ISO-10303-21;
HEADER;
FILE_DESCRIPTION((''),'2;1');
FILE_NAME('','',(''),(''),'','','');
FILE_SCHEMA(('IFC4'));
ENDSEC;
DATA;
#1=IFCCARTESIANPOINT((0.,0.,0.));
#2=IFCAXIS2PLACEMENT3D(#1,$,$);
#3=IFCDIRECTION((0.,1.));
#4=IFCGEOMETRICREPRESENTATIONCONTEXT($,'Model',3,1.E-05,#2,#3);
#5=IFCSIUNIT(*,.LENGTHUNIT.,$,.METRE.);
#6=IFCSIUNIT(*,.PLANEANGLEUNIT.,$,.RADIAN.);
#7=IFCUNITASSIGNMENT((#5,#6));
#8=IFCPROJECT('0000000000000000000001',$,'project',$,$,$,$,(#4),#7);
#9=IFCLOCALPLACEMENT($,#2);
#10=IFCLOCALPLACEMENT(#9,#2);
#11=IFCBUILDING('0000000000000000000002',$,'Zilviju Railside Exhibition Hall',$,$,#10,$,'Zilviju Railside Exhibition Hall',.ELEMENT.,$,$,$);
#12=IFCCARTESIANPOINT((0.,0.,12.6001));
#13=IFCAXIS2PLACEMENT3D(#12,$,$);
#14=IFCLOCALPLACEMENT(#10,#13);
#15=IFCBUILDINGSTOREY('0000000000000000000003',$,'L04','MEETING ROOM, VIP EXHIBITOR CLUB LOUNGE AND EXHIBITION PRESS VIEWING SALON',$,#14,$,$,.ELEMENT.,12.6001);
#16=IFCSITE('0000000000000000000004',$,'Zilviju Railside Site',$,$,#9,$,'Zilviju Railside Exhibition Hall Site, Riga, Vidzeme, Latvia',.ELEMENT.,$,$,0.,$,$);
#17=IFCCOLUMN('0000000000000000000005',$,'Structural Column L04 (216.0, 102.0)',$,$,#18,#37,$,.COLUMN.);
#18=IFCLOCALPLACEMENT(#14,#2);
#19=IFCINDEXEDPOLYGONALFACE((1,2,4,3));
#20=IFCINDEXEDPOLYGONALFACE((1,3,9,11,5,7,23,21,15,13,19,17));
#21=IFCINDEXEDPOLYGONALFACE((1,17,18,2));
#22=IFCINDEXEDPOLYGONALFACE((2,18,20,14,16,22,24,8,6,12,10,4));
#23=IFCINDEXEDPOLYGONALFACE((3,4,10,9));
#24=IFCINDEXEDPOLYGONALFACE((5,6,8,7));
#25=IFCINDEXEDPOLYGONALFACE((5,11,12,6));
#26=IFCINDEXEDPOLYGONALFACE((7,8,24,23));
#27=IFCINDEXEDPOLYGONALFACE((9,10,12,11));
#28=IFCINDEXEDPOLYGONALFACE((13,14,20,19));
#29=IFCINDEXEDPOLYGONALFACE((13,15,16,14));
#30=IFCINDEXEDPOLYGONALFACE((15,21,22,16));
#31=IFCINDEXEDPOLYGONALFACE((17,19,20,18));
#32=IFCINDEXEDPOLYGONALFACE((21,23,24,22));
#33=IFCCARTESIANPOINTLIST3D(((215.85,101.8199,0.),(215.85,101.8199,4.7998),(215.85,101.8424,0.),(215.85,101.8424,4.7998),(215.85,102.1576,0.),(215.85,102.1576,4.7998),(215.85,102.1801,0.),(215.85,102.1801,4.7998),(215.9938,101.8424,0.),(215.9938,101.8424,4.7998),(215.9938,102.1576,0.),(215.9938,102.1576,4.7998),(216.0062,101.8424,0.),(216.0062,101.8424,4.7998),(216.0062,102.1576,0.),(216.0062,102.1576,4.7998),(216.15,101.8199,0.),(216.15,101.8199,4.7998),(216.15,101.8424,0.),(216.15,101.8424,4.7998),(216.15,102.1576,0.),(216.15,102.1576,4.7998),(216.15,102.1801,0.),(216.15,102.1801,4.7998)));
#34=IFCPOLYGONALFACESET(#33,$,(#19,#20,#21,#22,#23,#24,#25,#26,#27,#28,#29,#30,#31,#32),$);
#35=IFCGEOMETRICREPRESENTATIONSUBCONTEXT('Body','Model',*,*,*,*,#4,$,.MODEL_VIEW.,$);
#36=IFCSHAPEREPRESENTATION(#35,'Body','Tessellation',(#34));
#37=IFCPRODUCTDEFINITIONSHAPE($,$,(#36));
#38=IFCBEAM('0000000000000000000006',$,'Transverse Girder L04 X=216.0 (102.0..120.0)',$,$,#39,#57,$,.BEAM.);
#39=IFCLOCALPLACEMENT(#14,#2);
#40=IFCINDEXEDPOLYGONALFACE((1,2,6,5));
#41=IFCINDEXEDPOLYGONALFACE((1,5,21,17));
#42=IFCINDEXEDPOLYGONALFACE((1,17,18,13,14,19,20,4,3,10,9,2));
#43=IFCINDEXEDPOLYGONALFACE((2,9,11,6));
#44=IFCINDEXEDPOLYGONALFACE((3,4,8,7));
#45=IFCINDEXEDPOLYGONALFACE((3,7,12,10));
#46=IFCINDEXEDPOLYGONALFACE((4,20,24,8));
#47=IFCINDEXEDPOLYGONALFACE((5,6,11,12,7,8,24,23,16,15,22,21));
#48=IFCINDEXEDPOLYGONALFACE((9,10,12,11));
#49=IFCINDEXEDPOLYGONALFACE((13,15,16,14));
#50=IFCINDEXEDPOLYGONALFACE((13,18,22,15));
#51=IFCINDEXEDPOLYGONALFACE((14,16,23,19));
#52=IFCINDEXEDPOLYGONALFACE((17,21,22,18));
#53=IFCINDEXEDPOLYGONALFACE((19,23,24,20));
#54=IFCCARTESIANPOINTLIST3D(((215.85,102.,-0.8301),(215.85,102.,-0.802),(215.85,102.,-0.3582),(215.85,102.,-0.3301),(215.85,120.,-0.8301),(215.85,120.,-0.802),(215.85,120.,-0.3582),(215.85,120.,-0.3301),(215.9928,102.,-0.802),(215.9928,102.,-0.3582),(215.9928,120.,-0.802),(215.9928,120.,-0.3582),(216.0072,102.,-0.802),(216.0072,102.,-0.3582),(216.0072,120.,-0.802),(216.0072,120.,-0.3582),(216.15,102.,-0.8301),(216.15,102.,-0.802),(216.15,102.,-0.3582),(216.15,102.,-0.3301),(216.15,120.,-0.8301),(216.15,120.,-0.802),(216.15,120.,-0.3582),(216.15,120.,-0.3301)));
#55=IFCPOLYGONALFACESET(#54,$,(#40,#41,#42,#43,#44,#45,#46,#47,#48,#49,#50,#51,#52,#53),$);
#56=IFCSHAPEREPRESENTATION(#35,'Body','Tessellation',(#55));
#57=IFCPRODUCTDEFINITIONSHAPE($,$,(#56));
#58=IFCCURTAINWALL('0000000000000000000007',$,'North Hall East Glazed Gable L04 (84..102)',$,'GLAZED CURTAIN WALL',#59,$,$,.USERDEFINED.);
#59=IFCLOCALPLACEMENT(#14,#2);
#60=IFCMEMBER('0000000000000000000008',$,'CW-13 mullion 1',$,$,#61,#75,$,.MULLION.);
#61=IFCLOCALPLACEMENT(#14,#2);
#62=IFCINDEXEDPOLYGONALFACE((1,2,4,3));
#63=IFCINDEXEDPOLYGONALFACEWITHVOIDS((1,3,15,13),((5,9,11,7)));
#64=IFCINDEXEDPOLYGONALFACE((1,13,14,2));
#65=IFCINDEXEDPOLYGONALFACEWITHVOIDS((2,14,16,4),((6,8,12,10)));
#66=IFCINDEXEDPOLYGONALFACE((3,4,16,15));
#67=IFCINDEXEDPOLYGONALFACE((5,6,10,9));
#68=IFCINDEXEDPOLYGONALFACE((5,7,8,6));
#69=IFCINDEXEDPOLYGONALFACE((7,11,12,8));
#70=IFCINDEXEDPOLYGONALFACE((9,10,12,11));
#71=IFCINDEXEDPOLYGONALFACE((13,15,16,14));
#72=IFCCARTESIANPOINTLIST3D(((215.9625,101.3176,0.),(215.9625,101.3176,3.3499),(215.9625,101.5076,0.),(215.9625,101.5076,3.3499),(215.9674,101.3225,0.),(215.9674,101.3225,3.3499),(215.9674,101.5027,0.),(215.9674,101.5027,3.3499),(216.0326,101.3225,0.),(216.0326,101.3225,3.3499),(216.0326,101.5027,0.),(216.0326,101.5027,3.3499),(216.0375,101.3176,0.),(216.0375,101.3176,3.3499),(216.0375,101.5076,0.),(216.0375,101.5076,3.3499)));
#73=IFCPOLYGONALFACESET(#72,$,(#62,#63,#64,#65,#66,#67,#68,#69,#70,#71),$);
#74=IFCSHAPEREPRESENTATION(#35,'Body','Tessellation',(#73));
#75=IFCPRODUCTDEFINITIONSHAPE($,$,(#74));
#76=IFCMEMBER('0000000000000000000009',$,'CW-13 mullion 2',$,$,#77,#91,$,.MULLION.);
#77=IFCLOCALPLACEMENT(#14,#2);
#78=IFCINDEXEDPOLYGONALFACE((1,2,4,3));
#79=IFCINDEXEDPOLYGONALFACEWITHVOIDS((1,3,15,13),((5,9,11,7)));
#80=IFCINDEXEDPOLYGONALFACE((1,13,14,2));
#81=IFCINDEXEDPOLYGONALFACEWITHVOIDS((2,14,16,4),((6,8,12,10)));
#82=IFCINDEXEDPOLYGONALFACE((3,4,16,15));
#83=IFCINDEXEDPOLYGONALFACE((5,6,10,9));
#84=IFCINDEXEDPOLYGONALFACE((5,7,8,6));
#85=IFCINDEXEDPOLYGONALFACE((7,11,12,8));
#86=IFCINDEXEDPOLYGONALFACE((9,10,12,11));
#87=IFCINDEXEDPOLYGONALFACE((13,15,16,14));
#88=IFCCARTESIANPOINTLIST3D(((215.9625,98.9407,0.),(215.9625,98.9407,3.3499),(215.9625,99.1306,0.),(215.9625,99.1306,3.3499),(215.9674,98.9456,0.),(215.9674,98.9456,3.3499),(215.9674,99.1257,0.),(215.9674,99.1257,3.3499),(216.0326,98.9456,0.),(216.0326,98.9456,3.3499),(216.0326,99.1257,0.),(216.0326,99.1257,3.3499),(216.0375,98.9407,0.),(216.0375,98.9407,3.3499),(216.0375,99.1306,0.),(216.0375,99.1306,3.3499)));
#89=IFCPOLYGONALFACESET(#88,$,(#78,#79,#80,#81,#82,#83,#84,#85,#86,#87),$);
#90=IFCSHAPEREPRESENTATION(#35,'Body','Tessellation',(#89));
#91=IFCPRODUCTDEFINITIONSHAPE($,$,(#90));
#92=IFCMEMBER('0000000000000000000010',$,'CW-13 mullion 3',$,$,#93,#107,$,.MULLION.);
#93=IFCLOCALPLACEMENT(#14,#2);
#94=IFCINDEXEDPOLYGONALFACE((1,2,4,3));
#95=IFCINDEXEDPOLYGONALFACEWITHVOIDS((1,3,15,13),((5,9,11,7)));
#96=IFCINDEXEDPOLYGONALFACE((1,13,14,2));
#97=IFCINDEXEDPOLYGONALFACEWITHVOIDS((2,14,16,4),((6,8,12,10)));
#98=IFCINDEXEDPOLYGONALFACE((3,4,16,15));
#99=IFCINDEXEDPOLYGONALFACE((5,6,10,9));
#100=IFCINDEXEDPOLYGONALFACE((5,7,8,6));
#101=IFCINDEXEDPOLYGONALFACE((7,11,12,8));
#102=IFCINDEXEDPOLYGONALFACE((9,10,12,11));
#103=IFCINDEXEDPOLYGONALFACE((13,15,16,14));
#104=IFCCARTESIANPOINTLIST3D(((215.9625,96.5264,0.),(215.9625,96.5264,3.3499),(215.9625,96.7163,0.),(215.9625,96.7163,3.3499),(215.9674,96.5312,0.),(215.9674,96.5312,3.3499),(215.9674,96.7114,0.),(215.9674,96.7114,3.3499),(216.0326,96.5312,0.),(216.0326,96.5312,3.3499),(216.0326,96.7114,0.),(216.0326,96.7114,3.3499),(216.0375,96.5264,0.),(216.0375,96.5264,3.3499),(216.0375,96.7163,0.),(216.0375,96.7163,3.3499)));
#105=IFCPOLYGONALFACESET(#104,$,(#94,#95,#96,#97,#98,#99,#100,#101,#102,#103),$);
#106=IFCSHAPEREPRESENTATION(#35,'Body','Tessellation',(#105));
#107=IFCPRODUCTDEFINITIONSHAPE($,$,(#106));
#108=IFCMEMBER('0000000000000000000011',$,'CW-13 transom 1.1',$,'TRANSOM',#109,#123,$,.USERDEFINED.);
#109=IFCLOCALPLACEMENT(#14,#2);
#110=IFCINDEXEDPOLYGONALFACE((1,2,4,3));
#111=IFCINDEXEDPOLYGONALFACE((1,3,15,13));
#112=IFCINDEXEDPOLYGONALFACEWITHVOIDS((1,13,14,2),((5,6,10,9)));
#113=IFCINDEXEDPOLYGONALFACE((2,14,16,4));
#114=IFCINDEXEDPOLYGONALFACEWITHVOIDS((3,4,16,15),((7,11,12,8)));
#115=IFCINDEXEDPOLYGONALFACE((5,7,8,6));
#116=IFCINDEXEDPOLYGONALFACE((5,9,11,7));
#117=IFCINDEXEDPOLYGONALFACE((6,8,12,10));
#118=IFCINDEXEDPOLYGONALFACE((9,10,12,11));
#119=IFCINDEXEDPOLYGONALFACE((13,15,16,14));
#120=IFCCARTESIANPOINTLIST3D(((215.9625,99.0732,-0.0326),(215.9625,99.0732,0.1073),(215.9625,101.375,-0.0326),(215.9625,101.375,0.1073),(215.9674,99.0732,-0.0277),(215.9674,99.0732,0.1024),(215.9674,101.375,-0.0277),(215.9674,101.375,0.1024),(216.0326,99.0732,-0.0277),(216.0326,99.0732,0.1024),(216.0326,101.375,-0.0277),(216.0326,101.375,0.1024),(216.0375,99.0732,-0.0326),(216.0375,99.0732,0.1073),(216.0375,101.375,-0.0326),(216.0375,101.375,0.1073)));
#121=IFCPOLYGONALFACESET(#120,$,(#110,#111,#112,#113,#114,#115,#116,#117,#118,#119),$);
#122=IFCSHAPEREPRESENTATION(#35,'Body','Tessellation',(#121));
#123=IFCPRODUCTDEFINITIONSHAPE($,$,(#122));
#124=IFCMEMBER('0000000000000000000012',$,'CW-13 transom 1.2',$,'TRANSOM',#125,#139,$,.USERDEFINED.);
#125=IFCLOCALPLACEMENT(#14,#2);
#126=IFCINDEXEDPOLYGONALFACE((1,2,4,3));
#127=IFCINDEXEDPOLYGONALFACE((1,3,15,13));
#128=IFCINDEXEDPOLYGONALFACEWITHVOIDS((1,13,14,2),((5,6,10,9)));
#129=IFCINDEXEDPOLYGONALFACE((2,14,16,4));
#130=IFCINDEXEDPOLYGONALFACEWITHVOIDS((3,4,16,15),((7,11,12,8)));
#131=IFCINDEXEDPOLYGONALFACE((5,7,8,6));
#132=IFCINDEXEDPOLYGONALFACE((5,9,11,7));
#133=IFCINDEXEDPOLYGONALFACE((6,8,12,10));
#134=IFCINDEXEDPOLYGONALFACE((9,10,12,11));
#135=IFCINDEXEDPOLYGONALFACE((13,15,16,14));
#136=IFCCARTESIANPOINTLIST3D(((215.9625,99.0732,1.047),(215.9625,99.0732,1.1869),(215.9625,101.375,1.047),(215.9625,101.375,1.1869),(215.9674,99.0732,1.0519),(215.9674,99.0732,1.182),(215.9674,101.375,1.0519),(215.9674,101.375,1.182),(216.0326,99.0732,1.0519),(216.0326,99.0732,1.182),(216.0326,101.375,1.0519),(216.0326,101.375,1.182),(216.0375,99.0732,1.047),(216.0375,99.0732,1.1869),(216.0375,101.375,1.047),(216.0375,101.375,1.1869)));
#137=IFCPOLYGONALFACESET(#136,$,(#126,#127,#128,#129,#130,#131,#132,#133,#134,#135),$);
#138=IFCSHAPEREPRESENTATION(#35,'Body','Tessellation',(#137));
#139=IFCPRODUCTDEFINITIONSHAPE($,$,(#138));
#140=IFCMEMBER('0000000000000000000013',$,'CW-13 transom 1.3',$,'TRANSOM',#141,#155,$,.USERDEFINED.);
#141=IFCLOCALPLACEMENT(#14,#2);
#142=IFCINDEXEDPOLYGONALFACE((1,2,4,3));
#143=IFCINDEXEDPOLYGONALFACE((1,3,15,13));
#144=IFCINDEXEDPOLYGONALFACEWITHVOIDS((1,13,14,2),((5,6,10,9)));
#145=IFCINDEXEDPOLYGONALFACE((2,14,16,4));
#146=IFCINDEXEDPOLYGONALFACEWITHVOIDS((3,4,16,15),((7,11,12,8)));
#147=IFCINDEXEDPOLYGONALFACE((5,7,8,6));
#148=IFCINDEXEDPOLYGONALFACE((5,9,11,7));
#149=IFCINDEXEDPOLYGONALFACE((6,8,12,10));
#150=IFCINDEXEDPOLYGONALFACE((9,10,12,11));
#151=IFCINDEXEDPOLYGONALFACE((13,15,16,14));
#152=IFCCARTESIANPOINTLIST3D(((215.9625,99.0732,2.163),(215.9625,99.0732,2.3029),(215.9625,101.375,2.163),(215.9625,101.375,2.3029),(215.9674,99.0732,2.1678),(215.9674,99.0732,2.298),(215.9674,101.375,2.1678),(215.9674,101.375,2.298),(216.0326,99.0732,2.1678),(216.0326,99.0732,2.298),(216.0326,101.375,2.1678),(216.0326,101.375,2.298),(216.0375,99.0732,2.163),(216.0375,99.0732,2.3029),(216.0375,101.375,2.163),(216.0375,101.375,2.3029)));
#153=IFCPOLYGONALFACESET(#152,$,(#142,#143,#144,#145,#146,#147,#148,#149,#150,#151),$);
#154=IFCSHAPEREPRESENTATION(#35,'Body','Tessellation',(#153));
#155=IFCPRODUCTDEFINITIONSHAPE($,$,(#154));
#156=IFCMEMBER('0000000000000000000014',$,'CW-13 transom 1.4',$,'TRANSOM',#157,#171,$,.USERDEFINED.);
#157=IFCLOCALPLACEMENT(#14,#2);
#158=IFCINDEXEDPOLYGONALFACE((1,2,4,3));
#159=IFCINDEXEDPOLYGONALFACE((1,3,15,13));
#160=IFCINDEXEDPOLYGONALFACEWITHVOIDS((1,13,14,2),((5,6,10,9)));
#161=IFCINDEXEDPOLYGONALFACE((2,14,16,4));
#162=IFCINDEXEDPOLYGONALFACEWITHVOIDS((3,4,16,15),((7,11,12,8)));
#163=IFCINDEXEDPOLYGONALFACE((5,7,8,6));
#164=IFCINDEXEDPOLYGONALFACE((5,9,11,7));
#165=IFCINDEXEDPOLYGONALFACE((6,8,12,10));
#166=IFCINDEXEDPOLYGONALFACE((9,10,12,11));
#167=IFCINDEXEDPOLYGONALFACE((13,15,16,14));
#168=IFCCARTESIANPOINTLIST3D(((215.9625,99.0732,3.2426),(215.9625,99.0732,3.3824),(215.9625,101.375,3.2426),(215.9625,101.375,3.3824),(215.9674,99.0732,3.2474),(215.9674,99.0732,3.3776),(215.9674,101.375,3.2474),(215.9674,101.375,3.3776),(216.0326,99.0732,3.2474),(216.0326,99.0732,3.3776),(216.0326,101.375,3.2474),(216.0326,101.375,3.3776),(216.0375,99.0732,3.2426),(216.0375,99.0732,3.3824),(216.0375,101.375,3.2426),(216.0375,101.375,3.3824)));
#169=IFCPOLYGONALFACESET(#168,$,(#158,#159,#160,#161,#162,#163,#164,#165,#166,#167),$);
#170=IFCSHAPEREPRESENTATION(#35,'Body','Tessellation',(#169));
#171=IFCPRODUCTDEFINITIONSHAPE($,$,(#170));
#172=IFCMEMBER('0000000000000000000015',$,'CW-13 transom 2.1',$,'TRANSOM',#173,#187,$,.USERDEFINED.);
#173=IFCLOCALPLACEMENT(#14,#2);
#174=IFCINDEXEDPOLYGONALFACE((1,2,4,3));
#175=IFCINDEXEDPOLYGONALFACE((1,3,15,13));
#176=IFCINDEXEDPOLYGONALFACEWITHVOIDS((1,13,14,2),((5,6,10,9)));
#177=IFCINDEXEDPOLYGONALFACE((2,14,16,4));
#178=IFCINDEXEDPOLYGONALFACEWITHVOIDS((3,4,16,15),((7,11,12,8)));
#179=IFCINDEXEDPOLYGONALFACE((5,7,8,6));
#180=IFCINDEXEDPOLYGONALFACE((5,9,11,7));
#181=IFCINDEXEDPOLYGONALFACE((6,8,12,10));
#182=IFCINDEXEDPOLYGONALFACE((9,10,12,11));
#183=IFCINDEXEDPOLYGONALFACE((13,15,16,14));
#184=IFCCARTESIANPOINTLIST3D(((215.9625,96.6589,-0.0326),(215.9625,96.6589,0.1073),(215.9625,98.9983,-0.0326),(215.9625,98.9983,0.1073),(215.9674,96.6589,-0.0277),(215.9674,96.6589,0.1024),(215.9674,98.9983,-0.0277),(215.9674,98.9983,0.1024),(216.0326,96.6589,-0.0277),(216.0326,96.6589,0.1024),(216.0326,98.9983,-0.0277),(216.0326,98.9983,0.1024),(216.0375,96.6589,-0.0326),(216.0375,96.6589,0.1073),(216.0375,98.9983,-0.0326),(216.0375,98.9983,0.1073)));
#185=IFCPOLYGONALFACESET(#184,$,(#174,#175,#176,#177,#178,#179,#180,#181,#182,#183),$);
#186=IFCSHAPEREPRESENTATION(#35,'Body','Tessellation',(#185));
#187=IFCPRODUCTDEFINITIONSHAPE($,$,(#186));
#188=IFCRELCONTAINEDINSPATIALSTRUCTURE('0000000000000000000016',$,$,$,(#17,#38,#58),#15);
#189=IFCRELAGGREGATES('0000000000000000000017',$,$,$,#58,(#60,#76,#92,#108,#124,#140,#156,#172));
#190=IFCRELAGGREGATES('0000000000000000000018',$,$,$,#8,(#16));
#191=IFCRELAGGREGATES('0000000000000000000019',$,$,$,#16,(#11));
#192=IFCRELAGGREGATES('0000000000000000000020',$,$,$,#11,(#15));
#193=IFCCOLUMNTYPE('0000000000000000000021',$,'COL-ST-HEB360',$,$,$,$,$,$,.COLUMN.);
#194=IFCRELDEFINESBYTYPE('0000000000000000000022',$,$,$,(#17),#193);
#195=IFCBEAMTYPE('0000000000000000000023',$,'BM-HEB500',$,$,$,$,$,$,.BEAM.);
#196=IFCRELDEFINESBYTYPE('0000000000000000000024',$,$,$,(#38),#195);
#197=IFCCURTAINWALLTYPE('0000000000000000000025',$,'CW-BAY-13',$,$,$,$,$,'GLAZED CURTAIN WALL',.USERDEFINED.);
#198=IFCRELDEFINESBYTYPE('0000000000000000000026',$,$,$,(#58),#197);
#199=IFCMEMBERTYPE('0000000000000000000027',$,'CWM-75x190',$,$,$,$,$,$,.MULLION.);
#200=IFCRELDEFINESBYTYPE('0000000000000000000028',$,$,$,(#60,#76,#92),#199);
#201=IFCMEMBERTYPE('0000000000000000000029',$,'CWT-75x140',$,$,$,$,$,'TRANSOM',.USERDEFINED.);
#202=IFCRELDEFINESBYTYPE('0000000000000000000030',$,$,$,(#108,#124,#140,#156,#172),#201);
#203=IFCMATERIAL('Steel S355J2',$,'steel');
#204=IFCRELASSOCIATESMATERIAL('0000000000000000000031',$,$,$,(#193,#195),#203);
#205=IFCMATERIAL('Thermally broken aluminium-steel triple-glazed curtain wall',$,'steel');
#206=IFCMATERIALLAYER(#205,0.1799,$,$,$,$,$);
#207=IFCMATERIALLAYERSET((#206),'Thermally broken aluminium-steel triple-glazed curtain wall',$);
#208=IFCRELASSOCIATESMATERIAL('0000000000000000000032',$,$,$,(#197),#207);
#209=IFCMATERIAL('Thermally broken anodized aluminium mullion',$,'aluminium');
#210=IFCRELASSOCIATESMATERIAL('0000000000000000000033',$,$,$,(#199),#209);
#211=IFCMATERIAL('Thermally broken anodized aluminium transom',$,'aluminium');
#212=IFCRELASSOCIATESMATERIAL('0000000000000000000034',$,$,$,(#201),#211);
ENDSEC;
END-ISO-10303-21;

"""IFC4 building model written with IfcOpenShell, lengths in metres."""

from ifc_helpers import new_model, si_unit, direction, frame, origin, origin_2d, place, context, subcontext, project, spatial, hollow_rectangle, i_section, extrude, material, layer, layer_set, material_profile, profile_set, type_object, element, aggregate, save


model = new_model("IFC4")

# Units and contexts
model_context = context("Model", 3, precision=1e-05, world=origin(), true_north=direction((0.0, 1.0)))
body_context = subcontext(model_context, "Body", "Model", "MODEL_VIEW")
ifc_project = project(units=[si_unit("LENGTHUNIT", "METRE"), si_unit("PLANEANGLEUNIT", "RADIAN")], contexts=[model_context])

# Site, building, storey
site_placement = place(None, origin())
site = spatial("IfcSite", under=ifc_project, at=site_placement, Name="Zilviju Railside Site", LongName="Zilviju Railside Exhibition Hall Site, Riga, Vidzeme, Latvia", CompositionType="ELEMENT", RefElevation=0.0)
building_placement = place(site_placement, origin())
building = spatial("IfcBuilding", under=site, at=building_placement, Name="Zilviju Railside Exhibition Hall", LongName="Zilviju Railside Exhibition Hall", CompositionType="ELEMENT")
storey_placement = place(building_placement, frame((0.0, 0.0, 12.6001)))
storey = spatial("IfcBuildingStorey", under=building, at=storey_placement, Name="L04", Description="MEETING ROOM, VIP EXHIBITOR CLUB LOUNGE AND EXHIBITION PRESS VIEWING SALON", CompositionType="ELEMENT", Elevation=12.6001)

# Column
ifc_material_1 = material(Name="Steel S355J2", Category="steel")
ifc_material_profile_1 = material_profile(ifc_material_1, i_section(OverallWidth=0.3, OverallDepth=0.3601, WebThickness=0.0125, FlangeThickness=0.0225, at=origin_2d()), Name="HEB 360")
ifc_profile_set_1 = profile_set([ifc_material_profile_1], Name="Steel S355J2")
column_type = type_object("IfcColumnType", Name="COL-ST-HEB360", PredefinedType="COLUMN", material=ifc_profile_set_1)
column_placement = place(storey_placement, frame((216.0, 102.0, 0.0), z_axis=(0.0, 0.0, 1.0), x_axis=(1.0, 0.0, 0.0)))
element("IfcColumn", 1, at=column_placement, inside=storey, type_object=column_type, Name="Structural Column L04 (216.0, 102.0)", PredefinedType="COLUMN", context=body_context, shape_type="SweptSolid", body=[
    extrude(i_section(OverallWidth=0.3, OverallDepth=0.3601, WebThickness=0.0125, FlangeThickness=0.0225, at=origin_2d()), origin(), (0.0, 0.0, 1.0), 4.7998),
])

# Beam
ifc_material_profile_2 = material_profile(ifc_material_1, i_section(OverallWidth=0.3, OverallDepth=0.5, WebThickness=0.0144, FlangeThickness=0.0281, at=origin_2d()), Name="HEB 500")
ifc_profile_set_2 = profile_set([ifc_material_profile_2], Name="Steel S355J2")
beam_type = type_object("IfcBeamType", Name="BM-HEB500", PredefinedType="BEAM", material=ifc_profile_set_2)
beam_placement = place(storey_placement, frame((216.0, 102.0, -0.5801), z_axis=(0.0, 1.0, 0.0), x_axis=(-1.0, 0.0, 0.0)))
element("IfcBeam", 2, at=beam_placement, inside=storey, type_object=beam_type, Name="Transverse Girder L04 X=216.0 (102.0..120.0)", PredefinedType="BEAM", context=body_context, shape_type="SweptSolid", body=[
    extrude(i_section(OverallWidth=0.3, OverallDepth=0.5, WebThickness=0.0144, FlangeThickness=0.0281, at=origin_2d()), origin(), (0.0, 0.0, 1.0), 18.0),
])

# Curtain wall, members
ifc_material_2 = material(Name="Thermally broken aluminium-steel triple-glazed curtain wall", Category="steel")
ifc_layer_1 = layer(ifc_material_2, 0.1799)
ifc_layer_set_1 = layer_set([ifc_layer_1], Name="Thermally broken aluminium-steel triple-glazed curtain wall")
curtain_wall_type = type_object("IfcCurtainWallType", Name="CW-BAY-13", ElementType="GLAZED CURTAIN WALL", PredefinedType="USERDEFINED", material=ifc_layer_set_1)
curtain_wall_placement = place(storey_placement, origin())
curtain_wall = element("IfcCurtainWall", 3, at=curtain_wall_placement, inside=storey, type_object=curtain_wall_type, Name="North Hall East Glazed Gable L04 (84..102)", ObjectType="GLAZED CURTAIN WALL", PredefinedType="USERDEFINED")
ifc_material_3 = material(Name="Thermally broken anodized aluminium mullion", Category="aluminium")
ifc_material_profile_3 = material_profile(ifc_material_3, hollow_rectangle(XDim=0.075, YDim=0.1899, WallThickness=0.0049, at=origin_2d()), Name="MULLION 190x75x5")
ifc_profile_set_3 = profile_set([ifc_material_profile_3], Name="Thermally broken anodized aluminium mullion")
member_type_1 = type_object("IfcMemberType", Name="CWM-75x190", PredefinedType="MULLION", material=ifc_profile_set_3)
member_1_placement = place(storey_placement, frame((216.0, 101.4126, 0.0), z_axis=(0.0, 0.0, 1.0), x_axis=(1.0, 0.0, 0.0)))
member_1 = element("IfcMember", 4, at=member_1_placement, type_object=member_type_1, Name="CW-13 mullion 1", PredefinedType="MULLION", context=body_context, shape_type="SweptSolid", body=[
    extrude(hollow_rectangle(XDim=0.075, YDim=0.1899, WallThickness=0.0049, at=origin_2d()), origin(), (0.0, 0.0, 1.0), 3.3499),
])
member_2_placement = place(storey_placement, frame((216.0, 99.0356, 0.0), z_axis=(0.0, 0.0, 1.0), x_axis=(1.0, 0.0, 0.0)))
member_2 = element("IfcMember", 5, at=member_2_placement, type_object=member_type_1, Name="CW-13 mullion 2", PredefinedType="MULLION", context=body_context, shape_type="SweptSolid", body=[
    extrude(hollow_rectangle(XDim=0.075, YDim=0.1899, WallThickness=0.0049, at=origin_2d()), origin(), (0.0, 0.0, 1.0), 3.3499),
])
member_3_placement = place(storey_placement, frame((216.0, 96.6213, 0.0), z_axis=(0.0, 0.0, 1.0), x_axis=(1.0, 0.0, 0.0)))
member_3 = element("IfcMember", 6, at=member_3_placement, type_object=member_type_1, Name="CW-13 mullion 3", PredefinedType="MULLION", context=body_context, shape_type="SweptSolid", body=[
    extrude(hollow_rectangle(XDim=0.075, YDim=0.1899, WallThickness=0.0049, at=origin_2d()), origin(), (0.0, 0.0, 1.0), 3.3499),
])
ifc_material_4 = material(Name="Thermally broken anodized aluminium transom", Category="aluminium")
ifc_material_profile_4 = material_profile(ifc_material_4, hollow_rectangle(XDim=0.075, YDim=0.1399, WallThickness=0.0049, at=origin_2d()), Name="TRANSOM 140x75x5")
ifc_profile_set_4 = profile_set([ifc_material_profile_4], Name="Thermally broken anodized aluminium transom")
member_type_2 = type_object("IfcMemberType", Name="CWT-75x140", ElementType="TRANSOM", PredefinedType="USERDEFINED", material=ifc_profile_set_4)
member_4_placement = place(storey_placement, frame((216.0, 101.375, 0.0374), z_axis=(0.0, -1.0, 0.0), x_axis=(1.0, 0.0, 0.0)))
member_4 = element("IfcMember", 7, at=member_4_placement, type_object=member_type_2, Name="CW-13 transom 1.1", ObjectType="TRANSOM", PredefinedType="USERDEFINED", context=body_context, shape_type="SweptSolid", body=[
    extrude(hollow_rectangle(XDim=0.075, YDim=0.1399, WallThickness=0.0049, at=origin_2d()), origin(), (0.0, 0.0, 1.0), 2.3018),
])
member_5_placement = place(storey_placement, frame((216.0, 101.375, 1.1169), z_axis=(0.0, -1.0, 0.0), x_axis=(1.0, 0.0, 0.0)))
member_5 = element("IfcMember", 8, at=member_5_placement, type_object=member_type_2, Name="CW-13 transom 1.2", ObjectType="TRANSOM", PredefinedType="USERDEFINED", context=body_context, shape_type="SweptSolid", body=[
    extrude(hollow_rectangle(XDim=0.075, YDim=0.1399, WallThickness=0.0049, at=origin_2d()), origin(), (0.0, 0.0, 1.0), 2.3018),
])
member_6_placement = place(storey_placement, frame((216.0, 101.375, 2.2329), z_axis=(0.0, -1.0, 0.0), x_axis=(1.0, 0.0, 0.0)))
member_6 = element("IfcMember", 9, at=member_6_placement, type_object=member_type_2, Name="CW-13 transom 1.3", ObjectType="TRANSOM", PredefinedType="USERDEFINED", context=body_context, shape_type="SweptSolid", body=[
    extrude(hollow_rectangle(XDim=0.075, YDim=0.1399, WallThickness=0.0049, at=origin_2d()), origin(), (0.0, 0.0, 1.0), 2.3018),
])
member_7_placement = place(storey_placement, frame((216.0, 101.375, 3.3125), z_axis=(0.0, -1.0, 0.0), x_axis=(1.0, 0.0, 0.0)))
member_7 = element("IfcMember", 10, at=member_7_placement, type_object=member_type_2, Name="CW-13 transom 1.4", ObjectType="TRANSOM", PredefinedType="USERDEFINED", context=body_context, shape_type="SweptSolid", body=[
    extrude(hollow_rectangle(XDim=0.075, YDim=0.1399, WallThickness=0.0049, at=origin_2d()), origin(), (0.0, 0.0, 1.0), 2.3018),
])
member_8_placement = place(storey_placement, frame((216.0, 98.9983, 0.0374), z_axis=(0.0, -1.0, 0.0), x_axis=(1.0, 0.0, 0.0)))
member_8 = element("IfcMember", 11, at=member_8_placement, type_object=member_type_2, Name="CW-13 transom 2.1", ObjectType="TRANSOM", PredefinedType="USERDEFINED", context=body_context, shape_type="SweptSolid", body=[
    extrude(hollow_rectangle(XDim=0.075, YDim=0.1399, WallThickness=0.0049, at=origin_2d()), origin(), (0.0, 0.0, 1.0), 2.3394),
])
aggregate(curtain_wall, [member_1, member_2, member_3, member_4, member_5, member_6, member_7, member_8])

save(model, "model.ifc")
